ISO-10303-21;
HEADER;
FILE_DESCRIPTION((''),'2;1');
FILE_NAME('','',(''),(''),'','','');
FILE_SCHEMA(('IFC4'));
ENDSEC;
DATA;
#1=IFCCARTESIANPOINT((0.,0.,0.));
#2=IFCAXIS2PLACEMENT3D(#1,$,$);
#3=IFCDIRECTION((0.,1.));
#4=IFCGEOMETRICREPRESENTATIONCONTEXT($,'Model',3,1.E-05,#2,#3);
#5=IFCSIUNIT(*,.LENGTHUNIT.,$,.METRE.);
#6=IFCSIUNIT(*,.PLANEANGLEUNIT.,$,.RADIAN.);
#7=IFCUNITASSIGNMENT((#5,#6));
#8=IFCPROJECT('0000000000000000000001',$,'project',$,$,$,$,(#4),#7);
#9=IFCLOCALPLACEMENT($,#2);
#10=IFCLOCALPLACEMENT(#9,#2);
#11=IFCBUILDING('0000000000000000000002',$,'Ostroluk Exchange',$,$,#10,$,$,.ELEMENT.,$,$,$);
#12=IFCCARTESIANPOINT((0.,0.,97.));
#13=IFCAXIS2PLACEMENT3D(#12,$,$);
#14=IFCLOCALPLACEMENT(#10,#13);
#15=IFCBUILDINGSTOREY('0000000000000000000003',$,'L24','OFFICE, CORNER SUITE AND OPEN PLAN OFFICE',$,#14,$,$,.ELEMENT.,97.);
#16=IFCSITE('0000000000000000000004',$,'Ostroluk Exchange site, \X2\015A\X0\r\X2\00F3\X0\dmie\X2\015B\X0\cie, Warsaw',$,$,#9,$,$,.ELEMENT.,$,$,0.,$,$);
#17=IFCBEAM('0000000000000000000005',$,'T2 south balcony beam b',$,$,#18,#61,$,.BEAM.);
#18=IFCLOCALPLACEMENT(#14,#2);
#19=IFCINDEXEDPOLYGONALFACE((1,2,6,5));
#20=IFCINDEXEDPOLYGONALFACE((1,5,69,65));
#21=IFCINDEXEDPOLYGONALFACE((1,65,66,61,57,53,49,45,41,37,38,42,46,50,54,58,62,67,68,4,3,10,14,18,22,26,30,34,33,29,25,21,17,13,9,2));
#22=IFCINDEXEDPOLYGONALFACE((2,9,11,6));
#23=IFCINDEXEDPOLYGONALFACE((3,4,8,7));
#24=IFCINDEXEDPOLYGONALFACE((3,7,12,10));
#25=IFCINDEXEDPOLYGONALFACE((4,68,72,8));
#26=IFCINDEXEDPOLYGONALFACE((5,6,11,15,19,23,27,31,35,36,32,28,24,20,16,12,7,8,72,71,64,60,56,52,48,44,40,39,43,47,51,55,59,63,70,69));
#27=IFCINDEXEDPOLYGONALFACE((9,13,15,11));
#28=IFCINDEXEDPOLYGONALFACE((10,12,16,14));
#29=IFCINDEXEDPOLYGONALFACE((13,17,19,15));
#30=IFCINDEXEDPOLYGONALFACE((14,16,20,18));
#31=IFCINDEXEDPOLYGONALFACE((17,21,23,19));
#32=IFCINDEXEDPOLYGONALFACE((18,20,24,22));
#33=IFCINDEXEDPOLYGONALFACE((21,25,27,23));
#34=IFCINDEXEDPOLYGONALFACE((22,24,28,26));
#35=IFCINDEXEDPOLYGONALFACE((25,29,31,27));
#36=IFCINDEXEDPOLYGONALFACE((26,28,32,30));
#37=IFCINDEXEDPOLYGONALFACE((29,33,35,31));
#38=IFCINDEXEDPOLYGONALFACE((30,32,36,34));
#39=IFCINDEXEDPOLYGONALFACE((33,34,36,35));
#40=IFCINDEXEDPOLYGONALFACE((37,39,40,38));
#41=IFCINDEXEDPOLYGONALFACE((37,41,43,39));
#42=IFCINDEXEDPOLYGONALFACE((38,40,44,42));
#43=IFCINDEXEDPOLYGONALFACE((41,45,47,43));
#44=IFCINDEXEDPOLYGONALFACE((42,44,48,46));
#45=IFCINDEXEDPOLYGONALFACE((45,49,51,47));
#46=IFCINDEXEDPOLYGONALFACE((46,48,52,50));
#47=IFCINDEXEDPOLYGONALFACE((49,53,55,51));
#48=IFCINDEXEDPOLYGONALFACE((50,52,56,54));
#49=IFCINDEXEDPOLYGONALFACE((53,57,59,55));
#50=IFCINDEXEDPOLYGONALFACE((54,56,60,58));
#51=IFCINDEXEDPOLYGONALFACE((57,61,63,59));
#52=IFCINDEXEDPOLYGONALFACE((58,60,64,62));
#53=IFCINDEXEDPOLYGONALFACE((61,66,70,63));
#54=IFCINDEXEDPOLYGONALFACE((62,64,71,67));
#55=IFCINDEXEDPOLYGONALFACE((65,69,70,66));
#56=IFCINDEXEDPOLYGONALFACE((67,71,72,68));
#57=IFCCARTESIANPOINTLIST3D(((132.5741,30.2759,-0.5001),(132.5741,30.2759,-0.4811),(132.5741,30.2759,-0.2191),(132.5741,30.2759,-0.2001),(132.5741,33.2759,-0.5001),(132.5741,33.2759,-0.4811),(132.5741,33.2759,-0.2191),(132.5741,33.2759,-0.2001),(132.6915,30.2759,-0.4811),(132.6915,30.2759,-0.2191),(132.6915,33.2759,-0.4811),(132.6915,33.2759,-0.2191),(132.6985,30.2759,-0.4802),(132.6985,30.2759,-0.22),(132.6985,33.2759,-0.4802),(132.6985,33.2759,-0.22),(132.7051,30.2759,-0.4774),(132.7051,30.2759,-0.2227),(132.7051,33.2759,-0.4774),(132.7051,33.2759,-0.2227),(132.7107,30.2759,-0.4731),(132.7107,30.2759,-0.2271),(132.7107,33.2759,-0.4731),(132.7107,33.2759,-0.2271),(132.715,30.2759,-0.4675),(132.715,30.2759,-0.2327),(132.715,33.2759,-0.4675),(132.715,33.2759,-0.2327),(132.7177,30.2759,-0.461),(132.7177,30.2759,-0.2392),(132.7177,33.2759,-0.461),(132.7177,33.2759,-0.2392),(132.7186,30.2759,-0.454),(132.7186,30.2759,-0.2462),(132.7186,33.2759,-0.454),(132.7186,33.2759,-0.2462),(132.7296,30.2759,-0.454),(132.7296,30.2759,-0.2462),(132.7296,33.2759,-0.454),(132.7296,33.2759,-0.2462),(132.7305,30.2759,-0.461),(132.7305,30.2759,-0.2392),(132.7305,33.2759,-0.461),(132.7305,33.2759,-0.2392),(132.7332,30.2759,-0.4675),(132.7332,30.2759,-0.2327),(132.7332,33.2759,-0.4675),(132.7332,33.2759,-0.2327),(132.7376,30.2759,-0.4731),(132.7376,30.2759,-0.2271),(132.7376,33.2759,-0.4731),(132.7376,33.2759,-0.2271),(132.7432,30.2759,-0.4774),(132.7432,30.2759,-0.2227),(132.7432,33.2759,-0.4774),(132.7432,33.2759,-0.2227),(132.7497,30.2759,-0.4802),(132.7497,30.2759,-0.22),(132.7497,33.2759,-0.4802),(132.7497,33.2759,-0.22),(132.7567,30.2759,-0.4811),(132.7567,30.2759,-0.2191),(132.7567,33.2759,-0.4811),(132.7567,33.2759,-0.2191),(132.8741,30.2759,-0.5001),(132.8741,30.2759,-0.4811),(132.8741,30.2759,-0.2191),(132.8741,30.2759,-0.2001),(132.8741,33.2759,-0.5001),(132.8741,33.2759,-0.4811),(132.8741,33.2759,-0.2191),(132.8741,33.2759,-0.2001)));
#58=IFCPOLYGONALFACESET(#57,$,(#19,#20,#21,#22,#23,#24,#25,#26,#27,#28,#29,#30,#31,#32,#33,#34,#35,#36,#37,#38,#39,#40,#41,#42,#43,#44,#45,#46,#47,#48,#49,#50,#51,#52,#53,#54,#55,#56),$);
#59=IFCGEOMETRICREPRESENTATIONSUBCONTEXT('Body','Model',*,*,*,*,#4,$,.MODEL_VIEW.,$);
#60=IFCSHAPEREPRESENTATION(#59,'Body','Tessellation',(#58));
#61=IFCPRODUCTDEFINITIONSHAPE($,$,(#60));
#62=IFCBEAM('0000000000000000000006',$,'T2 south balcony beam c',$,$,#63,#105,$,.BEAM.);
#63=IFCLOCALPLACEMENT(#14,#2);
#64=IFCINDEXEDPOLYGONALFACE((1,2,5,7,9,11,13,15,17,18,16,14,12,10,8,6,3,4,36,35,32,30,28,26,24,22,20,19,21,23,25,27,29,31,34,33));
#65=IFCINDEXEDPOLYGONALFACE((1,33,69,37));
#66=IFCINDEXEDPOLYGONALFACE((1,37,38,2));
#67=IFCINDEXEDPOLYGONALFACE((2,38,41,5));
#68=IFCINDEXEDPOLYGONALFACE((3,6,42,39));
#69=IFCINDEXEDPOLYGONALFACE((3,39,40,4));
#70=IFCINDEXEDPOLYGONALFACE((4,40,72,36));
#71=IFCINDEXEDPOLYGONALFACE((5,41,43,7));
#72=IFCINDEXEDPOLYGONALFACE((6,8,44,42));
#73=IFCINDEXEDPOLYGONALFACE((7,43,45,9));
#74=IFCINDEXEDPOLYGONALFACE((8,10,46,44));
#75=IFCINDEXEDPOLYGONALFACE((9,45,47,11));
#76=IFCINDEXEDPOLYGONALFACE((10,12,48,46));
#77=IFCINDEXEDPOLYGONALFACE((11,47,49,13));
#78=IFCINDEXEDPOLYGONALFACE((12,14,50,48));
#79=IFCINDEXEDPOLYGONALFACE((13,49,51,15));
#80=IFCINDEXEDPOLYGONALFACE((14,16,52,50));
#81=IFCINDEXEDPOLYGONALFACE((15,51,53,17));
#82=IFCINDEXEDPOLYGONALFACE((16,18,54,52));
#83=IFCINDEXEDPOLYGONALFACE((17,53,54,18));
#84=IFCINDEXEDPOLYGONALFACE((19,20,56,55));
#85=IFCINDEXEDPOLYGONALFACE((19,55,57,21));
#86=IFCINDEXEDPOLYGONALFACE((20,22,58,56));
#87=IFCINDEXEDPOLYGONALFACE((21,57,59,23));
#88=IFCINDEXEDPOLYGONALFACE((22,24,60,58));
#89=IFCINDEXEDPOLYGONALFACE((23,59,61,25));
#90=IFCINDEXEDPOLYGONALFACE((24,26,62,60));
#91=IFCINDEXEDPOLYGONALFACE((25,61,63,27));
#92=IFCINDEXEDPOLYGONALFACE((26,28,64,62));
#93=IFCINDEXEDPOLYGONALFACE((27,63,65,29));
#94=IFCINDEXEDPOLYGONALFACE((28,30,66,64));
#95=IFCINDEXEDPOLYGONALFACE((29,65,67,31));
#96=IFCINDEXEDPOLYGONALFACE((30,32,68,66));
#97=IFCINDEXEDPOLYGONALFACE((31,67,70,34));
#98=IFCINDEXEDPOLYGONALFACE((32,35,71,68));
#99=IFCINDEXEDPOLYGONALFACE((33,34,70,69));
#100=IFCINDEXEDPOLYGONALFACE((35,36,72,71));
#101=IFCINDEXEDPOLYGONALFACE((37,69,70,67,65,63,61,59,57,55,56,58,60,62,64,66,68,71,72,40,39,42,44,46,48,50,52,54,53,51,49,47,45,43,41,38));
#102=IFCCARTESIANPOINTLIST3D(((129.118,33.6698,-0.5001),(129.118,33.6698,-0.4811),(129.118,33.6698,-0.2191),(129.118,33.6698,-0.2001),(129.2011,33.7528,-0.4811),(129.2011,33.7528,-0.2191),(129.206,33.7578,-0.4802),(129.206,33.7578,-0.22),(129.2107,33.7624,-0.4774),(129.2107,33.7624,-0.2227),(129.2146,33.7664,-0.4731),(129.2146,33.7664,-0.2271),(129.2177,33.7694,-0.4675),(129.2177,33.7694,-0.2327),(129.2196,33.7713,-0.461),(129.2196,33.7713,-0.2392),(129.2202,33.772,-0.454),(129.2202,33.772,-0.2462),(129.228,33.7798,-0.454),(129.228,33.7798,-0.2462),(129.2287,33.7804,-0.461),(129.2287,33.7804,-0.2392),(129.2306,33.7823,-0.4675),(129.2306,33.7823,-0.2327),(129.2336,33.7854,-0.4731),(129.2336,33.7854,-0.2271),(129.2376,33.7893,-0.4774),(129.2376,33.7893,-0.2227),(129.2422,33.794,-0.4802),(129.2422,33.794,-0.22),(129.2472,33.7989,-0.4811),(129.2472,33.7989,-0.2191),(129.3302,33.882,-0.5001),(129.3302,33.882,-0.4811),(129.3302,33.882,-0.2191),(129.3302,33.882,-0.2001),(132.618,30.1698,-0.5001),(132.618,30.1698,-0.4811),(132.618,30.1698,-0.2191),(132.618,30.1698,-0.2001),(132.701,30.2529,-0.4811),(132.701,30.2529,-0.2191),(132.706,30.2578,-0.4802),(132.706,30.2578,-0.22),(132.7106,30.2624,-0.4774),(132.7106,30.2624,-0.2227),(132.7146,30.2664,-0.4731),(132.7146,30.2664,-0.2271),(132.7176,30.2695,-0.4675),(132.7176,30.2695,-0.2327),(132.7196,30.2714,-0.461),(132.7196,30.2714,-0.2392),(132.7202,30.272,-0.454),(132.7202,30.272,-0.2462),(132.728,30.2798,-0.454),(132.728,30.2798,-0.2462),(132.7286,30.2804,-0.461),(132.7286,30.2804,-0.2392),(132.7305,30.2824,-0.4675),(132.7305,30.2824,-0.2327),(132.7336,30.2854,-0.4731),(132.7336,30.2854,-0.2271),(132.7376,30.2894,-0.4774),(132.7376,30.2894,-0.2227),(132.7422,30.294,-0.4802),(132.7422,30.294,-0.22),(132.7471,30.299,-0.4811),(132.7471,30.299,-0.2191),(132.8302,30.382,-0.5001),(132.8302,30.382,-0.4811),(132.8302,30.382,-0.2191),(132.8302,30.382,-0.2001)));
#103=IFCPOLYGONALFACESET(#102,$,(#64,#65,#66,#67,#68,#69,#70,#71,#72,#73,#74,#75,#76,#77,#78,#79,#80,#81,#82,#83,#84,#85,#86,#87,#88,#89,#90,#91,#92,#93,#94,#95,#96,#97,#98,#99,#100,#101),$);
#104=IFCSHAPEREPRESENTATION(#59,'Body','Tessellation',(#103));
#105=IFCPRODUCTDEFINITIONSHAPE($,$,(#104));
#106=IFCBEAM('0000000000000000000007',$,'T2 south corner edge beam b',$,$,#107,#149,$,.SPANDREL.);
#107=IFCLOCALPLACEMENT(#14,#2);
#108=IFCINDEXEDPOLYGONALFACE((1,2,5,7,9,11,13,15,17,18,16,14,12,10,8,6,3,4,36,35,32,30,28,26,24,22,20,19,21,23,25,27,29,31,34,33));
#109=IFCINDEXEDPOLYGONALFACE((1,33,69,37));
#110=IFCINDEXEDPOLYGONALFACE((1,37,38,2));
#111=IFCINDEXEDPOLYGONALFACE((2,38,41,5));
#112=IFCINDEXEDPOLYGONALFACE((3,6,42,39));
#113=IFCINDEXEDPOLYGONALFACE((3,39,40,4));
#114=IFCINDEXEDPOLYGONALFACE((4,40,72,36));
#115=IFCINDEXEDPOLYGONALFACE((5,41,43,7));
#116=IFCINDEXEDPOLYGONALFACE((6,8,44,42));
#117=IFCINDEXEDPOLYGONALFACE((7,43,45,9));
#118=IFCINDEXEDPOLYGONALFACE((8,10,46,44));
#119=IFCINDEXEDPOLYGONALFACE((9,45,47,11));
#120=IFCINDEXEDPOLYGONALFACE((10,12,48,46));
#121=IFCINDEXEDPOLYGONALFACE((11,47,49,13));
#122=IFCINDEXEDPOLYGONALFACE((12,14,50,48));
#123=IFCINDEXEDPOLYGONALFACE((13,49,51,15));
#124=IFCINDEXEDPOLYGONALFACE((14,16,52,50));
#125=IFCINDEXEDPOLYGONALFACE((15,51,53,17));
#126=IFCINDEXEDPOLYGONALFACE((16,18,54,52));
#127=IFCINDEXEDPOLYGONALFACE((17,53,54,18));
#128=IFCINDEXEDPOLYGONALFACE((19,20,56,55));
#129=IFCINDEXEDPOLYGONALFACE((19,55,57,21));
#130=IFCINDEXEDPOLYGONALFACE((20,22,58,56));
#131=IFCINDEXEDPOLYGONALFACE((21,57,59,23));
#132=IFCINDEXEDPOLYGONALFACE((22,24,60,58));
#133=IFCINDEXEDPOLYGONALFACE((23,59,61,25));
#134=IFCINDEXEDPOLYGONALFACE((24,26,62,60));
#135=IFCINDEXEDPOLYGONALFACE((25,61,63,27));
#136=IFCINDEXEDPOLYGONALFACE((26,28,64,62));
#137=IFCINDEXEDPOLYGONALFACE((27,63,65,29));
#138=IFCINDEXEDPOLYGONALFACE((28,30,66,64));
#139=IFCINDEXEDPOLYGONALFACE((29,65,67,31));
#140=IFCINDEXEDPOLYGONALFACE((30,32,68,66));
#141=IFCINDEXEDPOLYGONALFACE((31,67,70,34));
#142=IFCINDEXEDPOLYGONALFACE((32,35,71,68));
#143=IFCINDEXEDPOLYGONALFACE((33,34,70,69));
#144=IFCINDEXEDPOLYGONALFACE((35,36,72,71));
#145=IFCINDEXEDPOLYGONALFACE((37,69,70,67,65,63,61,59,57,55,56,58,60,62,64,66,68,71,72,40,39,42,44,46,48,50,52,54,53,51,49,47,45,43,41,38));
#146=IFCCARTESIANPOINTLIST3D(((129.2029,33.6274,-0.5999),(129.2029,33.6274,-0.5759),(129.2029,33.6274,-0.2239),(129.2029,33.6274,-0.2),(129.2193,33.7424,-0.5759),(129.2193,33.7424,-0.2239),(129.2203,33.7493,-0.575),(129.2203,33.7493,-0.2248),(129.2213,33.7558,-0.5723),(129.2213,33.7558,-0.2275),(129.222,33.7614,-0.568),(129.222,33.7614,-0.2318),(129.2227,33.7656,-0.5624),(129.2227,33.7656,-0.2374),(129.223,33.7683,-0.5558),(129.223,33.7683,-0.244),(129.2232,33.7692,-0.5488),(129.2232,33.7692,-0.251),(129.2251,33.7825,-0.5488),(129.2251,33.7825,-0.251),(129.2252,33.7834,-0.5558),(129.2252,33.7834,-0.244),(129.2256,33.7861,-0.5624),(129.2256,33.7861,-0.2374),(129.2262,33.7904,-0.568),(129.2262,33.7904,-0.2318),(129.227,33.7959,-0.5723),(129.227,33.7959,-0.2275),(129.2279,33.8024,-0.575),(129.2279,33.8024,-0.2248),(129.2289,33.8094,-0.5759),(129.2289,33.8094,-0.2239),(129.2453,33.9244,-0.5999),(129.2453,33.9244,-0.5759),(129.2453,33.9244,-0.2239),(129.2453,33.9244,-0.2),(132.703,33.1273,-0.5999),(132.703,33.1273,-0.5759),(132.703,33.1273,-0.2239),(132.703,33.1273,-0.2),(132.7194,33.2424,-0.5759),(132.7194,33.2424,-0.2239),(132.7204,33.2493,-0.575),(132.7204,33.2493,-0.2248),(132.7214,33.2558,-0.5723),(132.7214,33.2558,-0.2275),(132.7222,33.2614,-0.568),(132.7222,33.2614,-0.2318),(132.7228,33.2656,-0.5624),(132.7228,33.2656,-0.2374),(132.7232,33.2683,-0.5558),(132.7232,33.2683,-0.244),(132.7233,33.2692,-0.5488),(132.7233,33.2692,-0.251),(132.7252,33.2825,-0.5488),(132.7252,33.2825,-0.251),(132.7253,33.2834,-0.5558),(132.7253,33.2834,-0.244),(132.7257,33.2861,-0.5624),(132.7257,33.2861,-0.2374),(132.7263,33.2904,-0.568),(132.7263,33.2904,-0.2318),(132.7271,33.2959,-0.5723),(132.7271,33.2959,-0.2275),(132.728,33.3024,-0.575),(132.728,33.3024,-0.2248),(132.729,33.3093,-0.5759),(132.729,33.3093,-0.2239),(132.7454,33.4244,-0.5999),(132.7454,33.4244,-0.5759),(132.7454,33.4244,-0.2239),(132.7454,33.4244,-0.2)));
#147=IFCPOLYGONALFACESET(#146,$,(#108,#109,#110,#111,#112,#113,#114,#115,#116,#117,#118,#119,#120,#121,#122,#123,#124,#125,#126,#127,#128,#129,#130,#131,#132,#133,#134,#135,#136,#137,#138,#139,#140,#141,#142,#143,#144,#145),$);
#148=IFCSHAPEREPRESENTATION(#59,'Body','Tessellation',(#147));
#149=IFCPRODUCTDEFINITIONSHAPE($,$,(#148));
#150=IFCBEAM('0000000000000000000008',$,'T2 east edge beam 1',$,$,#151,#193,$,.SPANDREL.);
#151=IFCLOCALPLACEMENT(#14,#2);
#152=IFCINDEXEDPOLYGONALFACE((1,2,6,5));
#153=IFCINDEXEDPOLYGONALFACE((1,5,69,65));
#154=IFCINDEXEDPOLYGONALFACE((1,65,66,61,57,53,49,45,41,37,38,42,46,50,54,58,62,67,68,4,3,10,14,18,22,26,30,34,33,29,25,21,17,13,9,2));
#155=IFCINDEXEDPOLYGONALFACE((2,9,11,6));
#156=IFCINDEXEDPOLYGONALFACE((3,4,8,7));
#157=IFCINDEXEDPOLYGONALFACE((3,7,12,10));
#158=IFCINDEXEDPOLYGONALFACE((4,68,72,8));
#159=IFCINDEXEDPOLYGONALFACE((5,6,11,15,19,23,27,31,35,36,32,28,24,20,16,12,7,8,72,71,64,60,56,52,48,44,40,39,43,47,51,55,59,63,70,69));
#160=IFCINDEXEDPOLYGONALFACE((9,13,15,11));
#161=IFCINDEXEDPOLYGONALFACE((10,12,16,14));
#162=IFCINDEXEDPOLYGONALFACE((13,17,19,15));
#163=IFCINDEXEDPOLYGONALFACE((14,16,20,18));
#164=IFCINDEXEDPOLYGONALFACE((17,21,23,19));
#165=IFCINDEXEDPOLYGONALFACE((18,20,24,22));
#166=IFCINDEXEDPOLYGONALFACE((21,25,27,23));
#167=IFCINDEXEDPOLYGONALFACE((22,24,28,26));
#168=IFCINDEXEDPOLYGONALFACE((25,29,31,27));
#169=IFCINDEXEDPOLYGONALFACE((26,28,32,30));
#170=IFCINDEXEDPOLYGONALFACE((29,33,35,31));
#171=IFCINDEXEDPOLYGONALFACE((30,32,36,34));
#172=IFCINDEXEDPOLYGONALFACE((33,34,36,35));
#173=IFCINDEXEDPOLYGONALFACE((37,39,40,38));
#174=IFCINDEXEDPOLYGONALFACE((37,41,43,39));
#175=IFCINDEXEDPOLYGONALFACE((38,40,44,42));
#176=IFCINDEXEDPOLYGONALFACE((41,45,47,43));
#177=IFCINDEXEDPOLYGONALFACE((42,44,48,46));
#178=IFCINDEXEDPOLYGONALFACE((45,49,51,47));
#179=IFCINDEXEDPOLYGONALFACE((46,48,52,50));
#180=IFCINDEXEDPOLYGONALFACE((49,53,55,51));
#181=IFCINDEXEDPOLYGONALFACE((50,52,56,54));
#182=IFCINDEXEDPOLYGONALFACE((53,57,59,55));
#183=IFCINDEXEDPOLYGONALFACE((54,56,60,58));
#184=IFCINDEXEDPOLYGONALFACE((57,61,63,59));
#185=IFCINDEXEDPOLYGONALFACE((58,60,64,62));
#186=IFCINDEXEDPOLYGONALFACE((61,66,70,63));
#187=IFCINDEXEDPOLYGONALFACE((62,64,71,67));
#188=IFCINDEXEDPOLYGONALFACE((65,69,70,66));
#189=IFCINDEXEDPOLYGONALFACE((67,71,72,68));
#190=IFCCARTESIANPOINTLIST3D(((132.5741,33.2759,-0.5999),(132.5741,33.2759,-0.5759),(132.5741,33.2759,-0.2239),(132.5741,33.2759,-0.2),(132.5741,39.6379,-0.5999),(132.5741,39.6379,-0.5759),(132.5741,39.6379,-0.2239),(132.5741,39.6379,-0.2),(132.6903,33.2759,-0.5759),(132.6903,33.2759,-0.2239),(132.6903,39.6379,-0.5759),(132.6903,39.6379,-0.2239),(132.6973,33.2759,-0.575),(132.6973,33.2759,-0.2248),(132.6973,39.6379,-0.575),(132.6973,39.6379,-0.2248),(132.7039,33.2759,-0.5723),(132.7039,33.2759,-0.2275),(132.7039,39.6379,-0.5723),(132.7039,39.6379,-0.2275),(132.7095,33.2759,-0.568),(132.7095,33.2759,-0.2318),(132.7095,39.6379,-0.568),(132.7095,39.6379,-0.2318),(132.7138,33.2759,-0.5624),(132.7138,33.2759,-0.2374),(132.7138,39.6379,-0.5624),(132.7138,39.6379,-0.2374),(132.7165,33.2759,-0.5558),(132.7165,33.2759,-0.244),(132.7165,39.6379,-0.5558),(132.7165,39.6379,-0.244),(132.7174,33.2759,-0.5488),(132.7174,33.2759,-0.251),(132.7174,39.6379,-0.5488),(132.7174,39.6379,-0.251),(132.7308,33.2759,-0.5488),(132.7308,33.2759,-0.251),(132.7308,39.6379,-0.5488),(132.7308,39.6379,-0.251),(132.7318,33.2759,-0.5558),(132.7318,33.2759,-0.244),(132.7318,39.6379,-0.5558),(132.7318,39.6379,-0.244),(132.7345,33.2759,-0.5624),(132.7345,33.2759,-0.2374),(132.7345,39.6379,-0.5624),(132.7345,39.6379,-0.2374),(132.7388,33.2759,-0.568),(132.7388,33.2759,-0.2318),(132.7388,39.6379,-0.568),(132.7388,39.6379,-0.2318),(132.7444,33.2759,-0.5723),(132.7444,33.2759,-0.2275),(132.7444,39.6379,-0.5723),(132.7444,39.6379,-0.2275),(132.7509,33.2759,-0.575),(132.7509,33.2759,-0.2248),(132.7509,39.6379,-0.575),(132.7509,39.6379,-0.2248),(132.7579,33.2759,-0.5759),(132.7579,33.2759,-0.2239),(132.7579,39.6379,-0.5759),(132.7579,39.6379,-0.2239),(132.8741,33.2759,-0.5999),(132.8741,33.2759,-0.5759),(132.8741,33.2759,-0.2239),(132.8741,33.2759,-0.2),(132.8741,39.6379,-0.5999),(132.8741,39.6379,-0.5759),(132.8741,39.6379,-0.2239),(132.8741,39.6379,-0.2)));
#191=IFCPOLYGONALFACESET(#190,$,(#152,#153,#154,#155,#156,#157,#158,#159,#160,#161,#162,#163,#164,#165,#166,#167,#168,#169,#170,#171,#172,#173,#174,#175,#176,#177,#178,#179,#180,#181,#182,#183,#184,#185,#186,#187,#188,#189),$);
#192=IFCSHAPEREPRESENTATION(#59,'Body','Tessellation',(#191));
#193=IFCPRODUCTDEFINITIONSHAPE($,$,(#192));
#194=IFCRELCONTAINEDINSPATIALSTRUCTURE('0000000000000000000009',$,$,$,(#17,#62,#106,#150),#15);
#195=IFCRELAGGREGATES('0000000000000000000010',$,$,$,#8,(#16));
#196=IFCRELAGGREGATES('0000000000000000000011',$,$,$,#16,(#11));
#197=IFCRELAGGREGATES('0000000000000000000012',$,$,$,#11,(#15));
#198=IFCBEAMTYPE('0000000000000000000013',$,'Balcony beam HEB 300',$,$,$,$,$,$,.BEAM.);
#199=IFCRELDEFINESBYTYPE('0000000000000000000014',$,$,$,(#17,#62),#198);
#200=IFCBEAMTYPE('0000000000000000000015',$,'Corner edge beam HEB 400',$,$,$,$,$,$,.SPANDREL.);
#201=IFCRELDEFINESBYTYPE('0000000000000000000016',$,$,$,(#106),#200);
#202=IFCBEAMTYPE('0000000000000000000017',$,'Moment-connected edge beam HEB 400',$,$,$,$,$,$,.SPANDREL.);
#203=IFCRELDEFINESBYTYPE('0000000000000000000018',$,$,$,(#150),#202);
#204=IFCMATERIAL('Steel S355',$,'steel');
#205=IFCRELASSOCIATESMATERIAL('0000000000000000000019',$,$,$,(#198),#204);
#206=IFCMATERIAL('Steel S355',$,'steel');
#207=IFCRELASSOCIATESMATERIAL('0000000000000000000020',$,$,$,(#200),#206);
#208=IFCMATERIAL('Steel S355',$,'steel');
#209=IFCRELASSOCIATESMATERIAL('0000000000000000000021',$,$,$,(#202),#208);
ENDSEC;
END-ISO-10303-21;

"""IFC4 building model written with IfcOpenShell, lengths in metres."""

from ifc_helpers import new_model, si_unit, direction, frame, origin, origin_2d, place, context, subcontext, project, spatial, i_section, extrude, material, material_profile, profile_set, type_object, element, save


model = new_model("IFC4")

# Units and contexts
model_context = context("Model", 3, precision=1e-05, world=origin(), true_north=direction((0.0, 1.0)))
body_context = subcontext(model_context, "Body", "Model", "MODEL_VIEW")
ifc_project = project(units=[si_unit("LENGTHUNIT", "METRE"), si_unit("PLANEANGLEUNIT", "RADIAN")], contexts=[model_context])

# Site, building, storey
site_placement = place(None, origin())
site = spatial("IfcSite", under=ifc_project, at=site_placement, Name="Ostroluk Exchange site, Śródmieście, Warsaw", CompositionType="ELEMENT", RefElevation=0.0)
building_placement = place(site_placement, origin())
building = spatial("IfcBuilding", under=site, at=building_placement, Name="Ostroluk Exchange", CompositionType="ELEMENT")
storey_placement = place(building_placement, frame((0.0, 0.0, 97.0)))
storey = spatial("IfcBuildingStorey", under=building, at=storey_placement, Name="L24", Description="OFFICE, CORNER SUITE AND OPEN PLAN OFFICE", CompositionType="ELEMENT", Elevation=97.0)

# Beams
ifc_material_1 = material(Name="Steel S355", Category="steel")
ifc_material_profile_1 = material_profile(ifc_material_1, i_section(OverallWidth=0.3, OverallDepth=0.3, WebThickness=0.011, FlangeThickness=0.019, FilletRadius=0.0271, at=origin_2d()), Name="HEB 300")
ifc_profile_set_1 = profile_set([ifc_material_profile_1], Name="Steel S355")
beam_type_1 = type_object("IfcBeamType", Name="Balcony beam HEB 300", PredefinedType="BEAM", material=ifc_profile_set_1)
for number, where, z_axis, x_axis, name in (
    (1, (132.7241, 33.2759, -0.3501), (0.0, -1.0, 0.0), (1.0, 0.0, 0.0), "T2 south balcony beam b"),
):
    element("IfcBeam", number, at=place(storey_placement, frame(where, z_axis=z_axis, x_axis=x_axis)), inside=storey, type_object=beam_type_1, Name=name, PredefinedType="BEAM", context=body_context, shape_type="SweptSolid", body=[
        extrude(i_section(OverallWidth=0.3, OverallDepth=0.3, WebThickness=0.011, FlangeThickness=0.019, FilletRadius=0.0271, at=origin_2d()), origin(), (0.0, 0.0, 1.0), 3.0),
    ])
beam_1_placement = place(storey_placement, frame((129.2241, 33.7759, -0.3501), z_axis=(0.707107, -0.707107, 0.0), x_axis=(0.707107, 0.707107, 0.0)))
element("IfcBeam", 2, at=beam_1_placement, inside=storey, type_object=beam_type_1, Name="T2 south balcony beam c", PredefinedType="BEAM", context=body_context, shape_type="SweptSolid", body=[
    extrude(i_section(OverallWidth=0.3, OverallDepth=0.3, WebThickness=0.011, FlangeThickness=0.019, FilletRadius=0.0271, at=origin_2d()), origin(), (0.0, 0.0, 1.0), 4.9497),
])
ifc_material_2 = material(Name="Steel S355", Category="steel")
ifc_material_profile_2 = material_profile(ifc_material_2, i_section(OverallWidth=0.3, OverallDepth=0.3999, WebThickness=0.0134, FlangeThickness=0.0239, FilletRadius=0.0271, at=origin_2d()), Name="HEB 400")
ifc_profile_set_2 = profile_set([ifc_material_profile_2], Name="Steel S355")
beam_type_2 = type_object("IfcBeamType", Name="Corner edge beam HEB 400", PredefinedType="SPANDREL", material=ifc_profile_set_2)
beam_2_placement = place(storey_placement, frame((129.2241, 33.7759, -0.3999), z_axis=(0.989949, -0.141421, 0.0), x_axis=(0.141421, 0.989949, 0.0)))
element("IfcBeam", 3, at=beam_2_placement, inside=storey, type_object=beam_type_2, Name="T2 south corner edge beam b", PredefinedType="SPANDREL", context=body_context, shape_type="SweptSolid", body=[
    extrude(i_section(OverallWidth=0.3, OverallDepth=0.3999, WebThickness=0.0134, FlangeThickness=0.0239, FilletRadius=0.0271, at=origin_2d()), origin(), (0.0, 0.0, 1.0), 3.5356),
])
ifc_material_3 = material(Name="Steel S355", Category="steel")
ifc_material_profile_3 = material_profile(ifc_material_3, i_section(OverallWidth=0.3, OverallDepth=0.3999, WebThickness=0.0134, FlangeThickness=0.0239, FilletRadius=0.0271, at=origin_2d()), Name="HEB 400")
ifc_profile_set_3 = profile_set([ifc_material_profile_3], Name="Steel S355")
beam_type_3 = type_object("IfcBeamType", Name="Moment-connected edge beam HEB 400", PredefinedType="SPANDREL", material=ifc_profile_set_3)
beam_3_placement = place(storey_placement, frame((132.7241, 33.2759, -0.3999), z_axis=(0.0, 1.0, 0.0), x_axis=(-1.0, 0.0, 0.0)))
element("IfcBeam", 4, at=beam_3_placement, inside=storey, type_object=beam_type_3, Name="T2 east edge beam 1", PredefinedType="SPANDREL", context=body_context, shape_type="SweptSolid", body=[
    extrude(i_section(OverallWidth=0.3, OverallDepth=0.3999, WebThickness=0.0134, FlangeThickness=0.0239, FilletRadius=0.0271, at=origin_2d()), origin(), (0.0, 0.0, 1.0), 6.3621),
])

save(model, "model.ifc")
